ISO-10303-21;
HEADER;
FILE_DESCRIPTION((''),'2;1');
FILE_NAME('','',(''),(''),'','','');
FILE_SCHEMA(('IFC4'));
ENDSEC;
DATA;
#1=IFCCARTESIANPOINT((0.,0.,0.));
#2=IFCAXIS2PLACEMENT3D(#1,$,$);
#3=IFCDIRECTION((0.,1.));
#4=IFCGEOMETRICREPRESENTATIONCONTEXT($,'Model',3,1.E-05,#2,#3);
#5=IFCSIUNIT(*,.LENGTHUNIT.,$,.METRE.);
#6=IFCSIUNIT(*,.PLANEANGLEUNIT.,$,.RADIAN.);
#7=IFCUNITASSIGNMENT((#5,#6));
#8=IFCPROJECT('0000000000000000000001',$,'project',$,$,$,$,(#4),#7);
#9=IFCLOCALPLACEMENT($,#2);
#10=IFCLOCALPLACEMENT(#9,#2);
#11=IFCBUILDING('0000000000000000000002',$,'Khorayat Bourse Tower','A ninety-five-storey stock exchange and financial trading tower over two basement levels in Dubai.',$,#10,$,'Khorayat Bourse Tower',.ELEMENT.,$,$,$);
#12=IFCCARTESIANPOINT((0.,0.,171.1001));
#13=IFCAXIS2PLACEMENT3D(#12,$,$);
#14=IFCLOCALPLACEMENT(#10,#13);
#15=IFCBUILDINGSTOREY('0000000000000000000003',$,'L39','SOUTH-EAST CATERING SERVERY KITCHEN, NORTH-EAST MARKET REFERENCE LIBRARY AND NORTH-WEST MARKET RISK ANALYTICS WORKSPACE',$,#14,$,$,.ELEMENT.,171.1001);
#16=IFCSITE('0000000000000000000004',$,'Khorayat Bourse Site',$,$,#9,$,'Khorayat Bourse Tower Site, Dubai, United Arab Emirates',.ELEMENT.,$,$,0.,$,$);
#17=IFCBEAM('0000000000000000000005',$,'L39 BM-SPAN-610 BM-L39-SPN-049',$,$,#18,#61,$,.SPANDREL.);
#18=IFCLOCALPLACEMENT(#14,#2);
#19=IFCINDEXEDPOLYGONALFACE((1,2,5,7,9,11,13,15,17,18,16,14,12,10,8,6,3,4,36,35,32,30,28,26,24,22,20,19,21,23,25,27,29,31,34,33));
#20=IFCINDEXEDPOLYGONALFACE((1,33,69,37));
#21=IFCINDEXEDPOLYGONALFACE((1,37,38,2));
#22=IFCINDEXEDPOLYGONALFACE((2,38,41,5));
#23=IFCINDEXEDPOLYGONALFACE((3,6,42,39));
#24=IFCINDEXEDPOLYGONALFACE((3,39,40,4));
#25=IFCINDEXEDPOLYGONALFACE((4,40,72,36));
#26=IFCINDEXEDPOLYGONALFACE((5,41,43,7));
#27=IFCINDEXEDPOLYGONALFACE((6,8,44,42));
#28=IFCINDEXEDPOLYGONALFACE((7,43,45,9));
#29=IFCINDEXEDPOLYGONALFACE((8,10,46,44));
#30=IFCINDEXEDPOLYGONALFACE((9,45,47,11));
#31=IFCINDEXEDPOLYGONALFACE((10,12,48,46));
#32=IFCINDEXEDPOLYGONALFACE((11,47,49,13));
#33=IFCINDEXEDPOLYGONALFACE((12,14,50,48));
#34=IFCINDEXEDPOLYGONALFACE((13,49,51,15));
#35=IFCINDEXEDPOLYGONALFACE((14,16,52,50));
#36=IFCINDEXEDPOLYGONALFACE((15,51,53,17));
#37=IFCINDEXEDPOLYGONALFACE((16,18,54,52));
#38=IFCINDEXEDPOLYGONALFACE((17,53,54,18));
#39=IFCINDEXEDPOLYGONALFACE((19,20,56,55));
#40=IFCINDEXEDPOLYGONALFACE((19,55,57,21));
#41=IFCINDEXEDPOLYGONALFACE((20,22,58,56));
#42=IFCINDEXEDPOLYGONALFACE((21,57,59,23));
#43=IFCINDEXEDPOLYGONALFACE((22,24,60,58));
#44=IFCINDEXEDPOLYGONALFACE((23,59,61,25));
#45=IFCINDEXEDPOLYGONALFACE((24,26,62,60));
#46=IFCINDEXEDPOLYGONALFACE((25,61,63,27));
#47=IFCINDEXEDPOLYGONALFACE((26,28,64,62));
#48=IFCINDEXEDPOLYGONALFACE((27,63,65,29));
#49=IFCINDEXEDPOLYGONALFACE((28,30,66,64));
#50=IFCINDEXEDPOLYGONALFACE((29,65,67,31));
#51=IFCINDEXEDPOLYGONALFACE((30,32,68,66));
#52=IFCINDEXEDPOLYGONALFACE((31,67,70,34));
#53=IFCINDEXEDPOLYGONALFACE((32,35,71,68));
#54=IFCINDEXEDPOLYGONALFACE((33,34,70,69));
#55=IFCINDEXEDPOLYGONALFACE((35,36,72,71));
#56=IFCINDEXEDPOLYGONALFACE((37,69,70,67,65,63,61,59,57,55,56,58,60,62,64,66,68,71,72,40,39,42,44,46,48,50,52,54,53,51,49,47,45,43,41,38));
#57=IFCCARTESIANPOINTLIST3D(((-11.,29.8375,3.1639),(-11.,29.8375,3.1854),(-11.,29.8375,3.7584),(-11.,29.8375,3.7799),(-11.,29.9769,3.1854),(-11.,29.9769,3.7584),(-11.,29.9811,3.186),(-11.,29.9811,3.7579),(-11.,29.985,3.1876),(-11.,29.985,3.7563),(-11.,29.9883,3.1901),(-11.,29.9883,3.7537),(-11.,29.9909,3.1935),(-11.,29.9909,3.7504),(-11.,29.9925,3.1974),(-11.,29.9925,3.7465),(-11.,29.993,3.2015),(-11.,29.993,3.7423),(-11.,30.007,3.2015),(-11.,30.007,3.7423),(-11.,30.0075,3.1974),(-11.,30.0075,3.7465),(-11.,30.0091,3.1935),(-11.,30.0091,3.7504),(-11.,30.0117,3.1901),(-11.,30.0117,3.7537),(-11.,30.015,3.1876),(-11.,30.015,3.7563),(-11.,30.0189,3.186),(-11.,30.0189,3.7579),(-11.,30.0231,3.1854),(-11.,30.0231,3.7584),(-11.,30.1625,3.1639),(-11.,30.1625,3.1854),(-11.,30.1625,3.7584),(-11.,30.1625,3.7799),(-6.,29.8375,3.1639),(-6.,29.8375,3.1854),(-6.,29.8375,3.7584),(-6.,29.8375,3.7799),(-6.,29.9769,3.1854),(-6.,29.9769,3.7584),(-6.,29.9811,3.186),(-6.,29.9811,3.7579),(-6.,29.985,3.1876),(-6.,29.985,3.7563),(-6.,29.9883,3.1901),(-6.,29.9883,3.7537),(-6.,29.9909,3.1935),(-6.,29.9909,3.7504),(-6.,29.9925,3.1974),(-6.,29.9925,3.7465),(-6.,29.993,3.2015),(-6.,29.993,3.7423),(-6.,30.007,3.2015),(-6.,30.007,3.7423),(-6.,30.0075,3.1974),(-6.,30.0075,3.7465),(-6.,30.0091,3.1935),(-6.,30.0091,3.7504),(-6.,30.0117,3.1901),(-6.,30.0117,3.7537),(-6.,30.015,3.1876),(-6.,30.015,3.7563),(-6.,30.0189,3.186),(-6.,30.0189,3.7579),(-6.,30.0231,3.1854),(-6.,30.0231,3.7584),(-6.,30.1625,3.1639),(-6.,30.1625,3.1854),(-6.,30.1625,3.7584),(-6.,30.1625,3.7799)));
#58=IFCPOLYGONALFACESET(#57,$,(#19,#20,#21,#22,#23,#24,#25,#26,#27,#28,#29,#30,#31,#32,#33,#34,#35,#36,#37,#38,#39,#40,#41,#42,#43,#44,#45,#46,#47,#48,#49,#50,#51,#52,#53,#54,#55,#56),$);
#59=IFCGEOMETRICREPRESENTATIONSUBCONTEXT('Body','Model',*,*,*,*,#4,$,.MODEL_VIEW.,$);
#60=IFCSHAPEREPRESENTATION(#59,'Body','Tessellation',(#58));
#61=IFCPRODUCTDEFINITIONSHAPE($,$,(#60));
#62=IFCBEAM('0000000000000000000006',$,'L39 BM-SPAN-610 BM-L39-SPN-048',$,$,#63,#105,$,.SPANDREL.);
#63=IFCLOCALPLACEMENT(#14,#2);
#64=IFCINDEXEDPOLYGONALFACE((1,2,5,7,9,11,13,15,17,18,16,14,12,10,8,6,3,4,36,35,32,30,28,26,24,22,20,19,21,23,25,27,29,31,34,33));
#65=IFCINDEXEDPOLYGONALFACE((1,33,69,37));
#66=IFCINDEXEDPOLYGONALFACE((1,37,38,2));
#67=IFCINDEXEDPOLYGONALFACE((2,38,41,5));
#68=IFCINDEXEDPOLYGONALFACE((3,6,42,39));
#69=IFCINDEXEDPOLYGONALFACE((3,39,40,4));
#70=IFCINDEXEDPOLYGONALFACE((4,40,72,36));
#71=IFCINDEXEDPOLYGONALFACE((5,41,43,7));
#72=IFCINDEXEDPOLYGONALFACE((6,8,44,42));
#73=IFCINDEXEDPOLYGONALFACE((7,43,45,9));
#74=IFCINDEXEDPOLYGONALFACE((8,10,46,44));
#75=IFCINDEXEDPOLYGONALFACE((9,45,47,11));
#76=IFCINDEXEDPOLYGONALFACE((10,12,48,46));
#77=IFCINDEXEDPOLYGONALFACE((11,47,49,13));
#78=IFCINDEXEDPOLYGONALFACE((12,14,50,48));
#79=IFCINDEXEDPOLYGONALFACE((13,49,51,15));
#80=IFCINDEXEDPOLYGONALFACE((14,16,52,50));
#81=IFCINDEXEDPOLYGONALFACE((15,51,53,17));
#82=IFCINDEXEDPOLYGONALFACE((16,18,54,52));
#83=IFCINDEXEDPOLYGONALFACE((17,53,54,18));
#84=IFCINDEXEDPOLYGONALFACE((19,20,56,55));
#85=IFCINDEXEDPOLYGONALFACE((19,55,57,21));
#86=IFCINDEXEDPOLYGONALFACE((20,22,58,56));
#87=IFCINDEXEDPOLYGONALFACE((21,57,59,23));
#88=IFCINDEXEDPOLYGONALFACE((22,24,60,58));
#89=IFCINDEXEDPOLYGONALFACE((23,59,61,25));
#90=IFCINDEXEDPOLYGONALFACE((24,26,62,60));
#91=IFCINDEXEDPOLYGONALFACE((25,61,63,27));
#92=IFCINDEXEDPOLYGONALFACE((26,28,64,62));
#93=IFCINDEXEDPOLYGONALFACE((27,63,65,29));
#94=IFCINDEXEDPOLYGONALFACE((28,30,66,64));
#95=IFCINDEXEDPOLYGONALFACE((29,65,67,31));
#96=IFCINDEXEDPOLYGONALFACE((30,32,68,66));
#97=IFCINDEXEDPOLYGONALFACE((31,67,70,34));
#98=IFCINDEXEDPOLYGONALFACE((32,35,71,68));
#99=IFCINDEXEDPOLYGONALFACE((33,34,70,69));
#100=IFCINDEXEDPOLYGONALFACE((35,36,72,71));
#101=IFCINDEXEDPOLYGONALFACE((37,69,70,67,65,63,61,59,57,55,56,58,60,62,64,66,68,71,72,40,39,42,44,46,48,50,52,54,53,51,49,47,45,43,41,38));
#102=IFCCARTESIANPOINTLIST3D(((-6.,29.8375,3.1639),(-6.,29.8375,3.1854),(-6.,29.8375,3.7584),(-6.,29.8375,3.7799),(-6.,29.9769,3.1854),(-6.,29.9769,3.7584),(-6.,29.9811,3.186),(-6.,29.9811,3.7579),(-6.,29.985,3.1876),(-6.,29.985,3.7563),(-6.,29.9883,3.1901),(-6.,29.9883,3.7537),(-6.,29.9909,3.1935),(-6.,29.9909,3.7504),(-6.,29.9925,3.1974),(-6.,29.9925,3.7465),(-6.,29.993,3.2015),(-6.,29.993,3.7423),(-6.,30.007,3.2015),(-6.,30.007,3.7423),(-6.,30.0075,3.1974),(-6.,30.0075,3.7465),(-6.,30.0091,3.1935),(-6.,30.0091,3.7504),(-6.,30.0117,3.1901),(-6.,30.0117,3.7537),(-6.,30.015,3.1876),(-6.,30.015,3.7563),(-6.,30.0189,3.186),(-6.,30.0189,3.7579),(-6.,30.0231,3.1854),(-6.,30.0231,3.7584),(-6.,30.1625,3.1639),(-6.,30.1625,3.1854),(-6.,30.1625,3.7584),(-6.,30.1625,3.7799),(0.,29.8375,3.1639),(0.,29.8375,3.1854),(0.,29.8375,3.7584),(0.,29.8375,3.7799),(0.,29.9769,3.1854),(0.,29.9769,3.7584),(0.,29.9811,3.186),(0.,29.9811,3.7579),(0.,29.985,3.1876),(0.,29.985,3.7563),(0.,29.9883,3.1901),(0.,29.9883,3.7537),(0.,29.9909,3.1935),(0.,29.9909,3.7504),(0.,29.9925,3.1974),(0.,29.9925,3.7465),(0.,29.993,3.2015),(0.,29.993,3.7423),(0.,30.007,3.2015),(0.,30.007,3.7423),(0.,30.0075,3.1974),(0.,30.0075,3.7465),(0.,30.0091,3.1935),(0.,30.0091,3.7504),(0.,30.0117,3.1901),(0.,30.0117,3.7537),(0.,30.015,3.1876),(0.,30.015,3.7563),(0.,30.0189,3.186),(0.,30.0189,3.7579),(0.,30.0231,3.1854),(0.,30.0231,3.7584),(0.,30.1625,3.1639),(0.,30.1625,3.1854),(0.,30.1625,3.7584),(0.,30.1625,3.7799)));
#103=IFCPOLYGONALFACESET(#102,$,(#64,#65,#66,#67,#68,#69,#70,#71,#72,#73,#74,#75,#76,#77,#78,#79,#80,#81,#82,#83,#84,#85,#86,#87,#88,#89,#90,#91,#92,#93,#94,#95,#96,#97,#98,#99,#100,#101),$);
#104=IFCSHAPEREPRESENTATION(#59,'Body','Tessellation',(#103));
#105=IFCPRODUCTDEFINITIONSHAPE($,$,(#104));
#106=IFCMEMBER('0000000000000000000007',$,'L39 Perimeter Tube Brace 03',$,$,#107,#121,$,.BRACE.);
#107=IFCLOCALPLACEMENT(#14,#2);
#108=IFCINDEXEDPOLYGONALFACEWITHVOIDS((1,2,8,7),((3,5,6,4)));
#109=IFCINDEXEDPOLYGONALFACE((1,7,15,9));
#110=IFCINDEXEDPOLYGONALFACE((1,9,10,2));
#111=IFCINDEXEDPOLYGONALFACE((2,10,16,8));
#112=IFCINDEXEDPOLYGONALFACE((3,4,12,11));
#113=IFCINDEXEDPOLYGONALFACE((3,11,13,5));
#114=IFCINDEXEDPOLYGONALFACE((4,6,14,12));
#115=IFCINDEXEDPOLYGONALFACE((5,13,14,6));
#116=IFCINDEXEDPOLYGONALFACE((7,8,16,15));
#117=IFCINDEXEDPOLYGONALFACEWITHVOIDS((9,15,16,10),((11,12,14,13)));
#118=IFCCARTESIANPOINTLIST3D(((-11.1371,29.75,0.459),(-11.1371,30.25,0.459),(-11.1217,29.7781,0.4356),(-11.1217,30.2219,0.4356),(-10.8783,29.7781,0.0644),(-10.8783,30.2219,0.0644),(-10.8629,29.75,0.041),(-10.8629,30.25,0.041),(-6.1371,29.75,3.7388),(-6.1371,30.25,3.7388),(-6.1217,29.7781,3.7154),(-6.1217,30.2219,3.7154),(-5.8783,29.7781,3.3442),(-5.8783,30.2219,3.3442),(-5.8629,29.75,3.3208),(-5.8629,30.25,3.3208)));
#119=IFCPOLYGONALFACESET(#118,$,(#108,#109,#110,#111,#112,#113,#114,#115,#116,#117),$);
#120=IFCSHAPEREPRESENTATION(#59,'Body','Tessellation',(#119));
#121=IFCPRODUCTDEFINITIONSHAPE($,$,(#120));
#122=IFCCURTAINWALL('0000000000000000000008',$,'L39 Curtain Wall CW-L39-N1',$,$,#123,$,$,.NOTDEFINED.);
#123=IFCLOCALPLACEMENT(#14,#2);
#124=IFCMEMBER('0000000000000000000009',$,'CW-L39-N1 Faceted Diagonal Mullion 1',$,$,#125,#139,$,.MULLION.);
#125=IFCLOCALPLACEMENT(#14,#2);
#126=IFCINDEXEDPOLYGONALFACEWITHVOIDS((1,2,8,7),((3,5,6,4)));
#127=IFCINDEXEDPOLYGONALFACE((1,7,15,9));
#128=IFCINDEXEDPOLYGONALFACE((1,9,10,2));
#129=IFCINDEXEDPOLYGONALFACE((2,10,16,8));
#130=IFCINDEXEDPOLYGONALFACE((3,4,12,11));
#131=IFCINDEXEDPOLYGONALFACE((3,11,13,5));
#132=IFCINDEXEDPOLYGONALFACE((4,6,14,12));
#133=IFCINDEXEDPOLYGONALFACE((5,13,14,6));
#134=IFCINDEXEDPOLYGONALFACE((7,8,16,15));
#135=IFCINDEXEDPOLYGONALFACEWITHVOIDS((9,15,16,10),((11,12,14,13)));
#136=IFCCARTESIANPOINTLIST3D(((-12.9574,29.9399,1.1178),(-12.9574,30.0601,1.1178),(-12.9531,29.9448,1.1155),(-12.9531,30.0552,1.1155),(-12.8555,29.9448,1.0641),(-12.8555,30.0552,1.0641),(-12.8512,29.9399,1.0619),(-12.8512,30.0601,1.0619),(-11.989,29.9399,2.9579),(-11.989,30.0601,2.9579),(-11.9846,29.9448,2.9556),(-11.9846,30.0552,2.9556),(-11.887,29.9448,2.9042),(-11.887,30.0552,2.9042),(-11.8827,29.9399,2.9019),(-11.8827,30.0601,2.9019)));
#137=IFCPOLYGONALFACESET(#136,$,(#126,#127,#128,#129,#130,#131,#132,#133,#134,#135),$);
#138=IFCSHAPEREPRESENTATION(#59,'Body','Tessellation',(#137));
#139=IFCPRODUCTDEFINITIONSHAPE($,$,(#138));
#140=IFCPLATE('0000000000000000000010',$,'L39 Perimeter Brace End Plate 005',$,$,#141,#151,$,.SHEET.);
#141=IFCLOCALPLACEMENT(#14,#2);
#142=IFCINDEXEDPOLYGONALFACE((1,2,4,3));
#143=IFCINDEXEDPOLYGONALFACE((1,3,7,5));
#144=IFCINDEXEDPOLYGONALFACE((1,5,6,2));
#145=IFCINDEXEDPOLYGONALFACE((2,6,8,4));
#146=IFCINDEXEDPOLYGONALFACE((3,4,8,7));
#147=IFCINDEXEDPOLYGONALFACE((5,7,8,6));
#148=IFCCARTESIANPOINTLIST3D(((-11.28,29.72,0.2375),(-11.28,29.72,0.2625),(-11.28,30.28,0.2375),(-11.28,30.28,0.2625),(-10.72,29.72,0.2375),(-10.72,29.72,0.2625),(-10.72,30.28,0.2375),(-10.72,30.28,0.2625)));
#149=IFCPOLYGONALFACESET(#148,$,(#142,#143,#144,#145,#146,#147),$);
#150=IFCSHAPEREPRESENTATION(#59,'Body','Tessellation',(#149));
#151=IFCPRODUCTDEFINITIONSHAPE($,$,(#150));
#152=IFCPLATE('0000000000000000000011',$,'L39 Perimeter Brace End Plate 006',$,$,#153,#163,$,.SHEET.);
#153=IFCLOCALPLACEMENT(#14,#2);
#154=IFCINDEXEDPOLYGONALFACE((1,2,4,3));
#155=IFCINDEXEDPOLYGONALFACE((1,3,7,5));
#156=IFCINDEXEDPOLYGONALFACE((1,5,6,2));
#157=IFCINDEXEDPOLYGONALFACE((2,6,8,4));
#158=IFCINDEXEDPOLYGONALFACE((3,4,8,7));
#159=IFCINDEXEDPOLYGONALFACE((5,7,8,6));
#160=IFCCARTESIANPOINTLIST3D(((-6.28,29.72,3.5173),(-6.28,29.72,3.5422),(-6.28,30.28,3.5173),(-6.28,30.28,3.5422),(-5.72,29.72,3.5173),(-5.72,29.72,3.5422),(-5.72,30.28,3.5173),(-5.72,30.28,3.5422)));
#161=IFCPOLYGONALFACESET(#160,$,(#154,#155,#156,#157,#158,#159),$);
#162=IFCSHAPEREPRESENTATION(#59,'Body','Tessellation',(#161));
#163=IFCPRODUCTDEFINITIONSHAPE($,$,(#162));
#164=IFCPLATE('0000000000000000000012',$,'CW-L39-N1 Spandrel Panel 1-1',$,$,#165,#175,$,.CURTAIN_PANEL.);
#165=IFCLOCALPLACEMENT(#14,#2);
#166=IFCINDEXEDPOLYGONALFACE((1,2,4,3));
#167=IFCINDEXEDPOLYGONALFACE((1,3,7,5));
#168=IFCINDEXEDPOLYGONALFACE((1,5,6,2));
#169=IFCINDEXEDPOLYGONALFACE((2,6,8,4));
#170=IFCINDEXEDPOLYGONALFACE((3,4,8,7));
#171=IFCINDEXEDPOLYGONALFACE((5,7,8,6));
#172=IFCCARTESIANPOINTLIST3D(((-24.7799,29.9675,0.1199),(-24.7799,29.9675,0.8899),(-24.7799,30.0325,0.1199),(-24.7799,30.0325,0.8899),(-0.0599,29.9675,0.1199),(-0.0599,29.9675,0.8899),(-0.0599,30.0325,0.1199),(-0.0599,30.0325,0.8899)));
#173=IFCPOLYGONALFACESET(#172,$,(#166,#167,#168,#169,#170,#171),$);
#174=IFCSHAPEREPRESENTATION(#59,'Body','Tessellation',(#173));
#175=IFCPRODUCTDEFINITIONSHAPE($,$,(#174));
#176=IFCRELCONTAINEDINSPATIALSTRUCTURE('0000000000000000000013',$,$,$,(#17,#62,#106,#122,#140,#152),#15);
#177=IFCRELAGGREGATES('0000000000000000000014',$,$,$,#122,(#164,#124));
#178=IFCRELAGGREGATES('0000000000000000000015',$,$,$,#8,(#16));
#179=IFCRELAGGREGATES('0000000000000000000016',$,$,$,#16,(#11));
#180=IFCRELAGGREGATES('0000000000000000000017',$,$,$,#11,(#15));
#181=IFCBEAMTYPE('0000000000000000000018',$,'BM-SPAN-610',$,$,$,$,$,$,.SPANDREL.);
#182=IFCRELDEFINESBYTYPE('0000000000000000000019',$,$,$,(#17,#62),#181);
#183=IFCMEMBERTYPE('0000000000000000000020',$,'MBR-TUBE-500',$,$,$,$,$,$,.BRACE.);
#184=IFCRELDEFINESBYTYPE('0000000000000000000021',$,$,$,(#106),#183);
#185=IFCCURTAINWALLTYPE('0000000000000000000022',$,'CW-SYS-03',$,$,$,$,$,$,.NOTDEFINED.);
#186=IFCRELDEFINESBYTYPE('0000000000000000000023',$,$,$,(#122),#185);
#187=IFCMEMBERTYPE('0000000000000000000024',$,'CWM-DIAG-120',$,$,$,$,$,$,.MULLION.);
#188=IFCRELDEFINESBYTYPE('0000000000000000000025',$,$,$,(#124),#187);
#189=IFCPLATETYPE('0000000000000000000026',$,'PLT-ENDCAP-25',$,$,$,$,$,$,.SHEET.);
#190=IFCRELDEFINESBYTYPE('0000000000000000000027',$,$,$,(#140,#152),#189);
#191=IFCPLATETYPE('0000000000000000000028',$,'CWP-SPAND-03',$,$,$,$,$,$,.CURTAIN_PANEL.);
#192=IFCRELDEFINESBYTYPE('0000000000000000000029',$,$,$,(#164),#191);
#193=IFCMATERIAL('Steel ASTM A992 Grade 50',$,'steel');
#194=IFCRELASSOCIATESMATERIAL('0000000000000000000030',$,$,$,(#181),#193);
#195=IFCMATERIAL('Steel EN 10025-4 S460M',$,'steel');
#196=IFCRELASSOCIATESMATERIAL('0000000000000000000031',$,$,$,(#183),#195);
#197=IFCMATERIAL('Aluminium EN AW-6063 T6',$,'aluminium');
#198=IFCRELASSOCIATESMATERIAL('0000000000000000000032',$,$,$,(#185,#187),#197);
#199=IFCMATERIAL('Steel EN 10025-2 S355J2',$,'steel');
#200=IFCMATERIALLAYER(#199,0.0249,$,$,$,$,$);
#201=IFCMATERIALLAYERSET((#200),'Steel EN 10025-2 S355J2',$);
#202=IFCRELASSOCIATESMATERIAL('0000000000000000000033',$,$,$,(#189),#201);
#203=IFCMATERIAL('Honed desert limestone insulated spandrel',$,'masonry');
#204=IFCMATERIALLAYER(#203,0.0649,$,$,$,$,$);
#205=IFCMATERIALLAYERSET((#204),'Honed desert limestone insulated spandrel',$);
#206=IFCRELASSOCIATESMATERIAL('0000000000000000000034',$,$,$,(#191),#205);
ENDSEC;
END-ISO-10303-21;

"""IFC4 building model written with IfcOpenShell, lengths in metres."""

from ifc_helpers import new_model, si_unit, direction, frame, origin, origin_2d, place, context, subcontext, project, spatial, rectangle, hollow_rectangle, i_section, extrude, source, transform, mapped, material, layer, layer_set, material_profile, profile_set, type_object, element, aggregate, save


model = new_model("IFC4")

# Units and contexts
model_context = context("Model", 3, precision=1e-05, world=origin(), true_north=direction((0.0, 1.0)))
body_context = subcontext(model_context, "Body", "Model", "MODEL_VIEW")
ifc_project = project(units=[si_unit("LENGTHUNIT", "METRE"), si_unit("PLANEANGLEUNIT", "RADIAN")], contexts=[model_context])

# Site, building, storey
site_placement = place(None, origin())
site = spatial("IfcSite", under=ifc_project, at=site_placement, Name="Khorayat Bourse Site", LongName="Khorayat Bourse Tower Site, Dubai, United Arab Emirates", CompositionType="ELEMENT", RefElevation=0.0)
building_placement = place(site_placement, origin())
building = spatial("IfcBuilding", under=site, at=building_placement, Name="Khorayat Bourse Tower", Description="A ninety-five-storey stock exchange and financial trading tower over two basement levels in Dubai.", LongName="Khorayat Bourse Tower", CompositionType="ELEMENT")
storey_placement = place(building_placement, frame((0.0, 0.0, 171.1001)))
storey = spatial("IfcBuildingStorey", under=building, at=storey_placement, Name="L39", Description="SOUTH-EAST CATERING SERVERY KITCHEN, NORTH-EAST MARKET REFERENCE LIBRARY AND NORTH-WEST MARKET RISK ANALYTICS WORKSPACE", CompositionType="ELEMENT", Elevation=171.1001)

# Shared definitions
ifc_material_1 = material(Name="Steel EN 10025-4 S460M", Category="steel")

# Beams
ifc_material_2 = material(Name="Steel ASTM A992 Grade 50", Category="steel")
ifc_material_profile_1 = material_profile(ifc_material_2, i_section(OverallWidth=0.325, OverallDepth=0.616, WebThickness=0.0139, FlangeThickness=0.0215, FilletRadius=0.0161, at=origin_2d()), Name="W610X174")
ifc_profile_set_1 = profile_set([ifc_material_profile_1], Name="Steel ASTM A992 Grade 50")
beam_type_1 = type_object("IfcBeamType", Name="BM-SPAN-610", PredefinedType="SPANDREL", material=ifc_profile_set_1)
shared_shape_1 = source(origin(), body_context, "Body", "SweptSolid", [
    extrude(i_section(OverallWidth=0.325, OverallDepth=0.616, WebThickness=0.0139, FlangeThickness=0.0215, FilletRadius=0.0161, at=origin_2d()), origin(), (0.0, 0.0, 1.0), 5.0),
])
beam_1_placement = place(storey_placement, frame((-11.0, 30.0, 3.4719), z_axis=(1.0, 0.0, 0.0), x_axis=(0.0, 1.0, 0.0)))
element("IfcBeam", 1, at=beam_1_placement, inside=storey, type_object=beam_type_1, Name="L39 BM-SPAN-610 BM-L39-SPN-049", PredefinedType="SPANDREL", context=body_context, shape_type="MappedRepresentation", body=[
    mapped(shared_shape_1, transform((0.0, 0.0, 0.0), scale=1.0)),
])
shared_shape_2 = source(origin(), body_context, "Body", "SweptSolid", [
    extrude(i_section(OverallWidth=0.325, OverallDepth=0.616, WebThickness=0.0139, FlangeThickness=0.0215, FilletRadius=0.0161, at=origin_2d()), origin(), (0.0, 0.0, 1.0), 6.0),
])
beam_2_placement = place(storey_placement, frame((-6.0, 30.0, 3.4719), z_axis=(1.0, 0.0, 0.0), x_axis=(0.0, 1.0, 0.0)))
element("IfcBeam", 2, at=beam_2_placement, inside=storey, type_object=beam_type_1, Name="L39 BM-SPAN-610 BM-L39-SPN-048", PredefinedType="SPANDREL", context=body_context, shape_type="MappedRepresentation", body=[
    mapped(shared_shape_2, transform((0.0, 0.0, 0.0), scale=1.0)),
])

# Member
ifc_material_profile_2 = material_profile(ifc_material_1, hollow_rectangle(XDim=0.5, YDim=0.5, WallThickness=0.0281, at=origin_2d()), Name="HSS 500x500x28")
ifc_profile_set_2 = profile_set([ifc_material_profile_2], Name="Steel EN 10025-4 S460M")
member_type_1 = type_object("IfcMemberType", Name="MBR-TUBE-500", PredefinedType="BRACE", material=ifc_profile_set_2)
shared_shape_3 = source(origin(), body_context, "Body", "SweptSolid", [
    extrude(hollow_rectangle(XDim=0.5, YDim=0.5, WallThickness=0.0281, at=origin_2d()), origin(), (0.0, 0.0, 1.0), 5.9797),
])
member_1_placement = place(storey_placement, frame((-11.0, 30.0, 0.25), z_axis=(0.83616, 0.0, 0.548485), x_axis=(0.0, 1.0, 0.0)))
element("IfcMember", 3, at=member_1_placement, inside=storey, type_object=member_type_1, Name="L39 Perimeter Tube Brace 03", PredefinedType="BRACE", context=body_context, shape_type="MappedRepresentation", body=[
    mapped(shared_shape_3, transform((0.0, 0.0, 0.0), scale=1.0)),
])

# Curtain wall, member
ifc_material_3 = material(Name="Aluminium EN AW-6063 T6", Category="aluminium")
curtain_wall_type = type_object("IfcCurtainWallType", Name="CW-SYS-03", PredefinedType="NOTDEFINED", material=ifc_material_3)
curtain_wall_placement = place(storey_placement, origin())
curtain_wall = element("IfcCurtainWall", 4, at=curtain_wall_placement, inside=storey, type_object=curtain_wall_type, Name="L39 Curtain Wall CW-L39-N1", PredefinedType="NOTDEFINED")
ifc_material_profile_3 = material_profile(ifc_material_3, hollow_rectangle(XDim=0.1201, YDim=0.1201, WallThickness=0.0049, at=origin_2d()), Name="ALU 120x120x5")
ifc_profile_set_3 = profile_set([ifc_material_profile_3], Name="Aluminium EN AW-6063 T6")
member_type_2 = type_object("IfcMemberType", Name="CWM-DIAG-120", PredefinedType="MULLION", material=ifc_profile_set_3)
shared_shape_4 = source(origin(), body_context, "Body", "SweptSolid", [
    extrude(hollow_rectangle(XDim=0.1201, YDim=0.1201, WallThickness=0.0049, at=origin_2d()), origin(), (0.0, 0.0, 1.0), 2.0793),
])
member_2_placement = place(storey_placement, frame((-12.9043, 30.0, 1.0898), z_axis=(0.465761, 0.0, 0.884911), x_axis=(0.0, 1.0, 0.0)))
member_2 = element("IfcMember", 5, at=member_2_placement, type_object=member_type_2, Name="CW-L39-N1 Faceted Diagonal Mullion 1", PredefinedType="MULLION", context=body_context, shape_type="MappedRepresentation", body=[
    mapped(shared_shape_4, transform((0.0, 0.0, 0.0), scale=1.0)),
])

# Plates
ifc_material_4 = material(Name="Steel EN 10025-2 S355J2", Category="steel")
ifc_layer_1 = layer(ifc_material_4, 0.0249)
ifc_layer_set_1 = layer_set([ifc_layer_1], Name="Steel EN 10025-2 S355J2")
plate_type_1 = type_object("IfcPlateType", Name="PLT-ENDCAP-25", PredefinedType="SHEET", material=ifc_layer_set_1)
shared_shape_5 = source(origin(), body_context, "Body", "SweptSolid", [
    extrude(rectangle(XDim=0.5601, YDim=0.5601, at=origin_2d()), origin(), (0.0, 0.0, 1.0), 0.0249),
])
for number, where, z_axis, x_axis, name in (
    (6, (-11.0, 30.0, 0.2375), (0.0, 0.0, 1.0), (1.0, 0.0, 0.0), "L39 Perimeter Brace End Plate 005"),
    (7, (-6.0, 30.0, 3.5173), (0.0, 0.0, 1.0), (1.0, 0.0, 0.0), "L39 Perimeter Brace End Plate 006"),
):
    element("IfcPlate", number, at=place(storey_placement, frame(where, z_axis=z_axis, x_axis=x_axis)), inside=storey, type_object=plate_type_1, Name=name, PredefinedType="SHEET", context=body_context, shape_type="MappedRepresentation", body=[
        mapped(shared_shape_5, transform((0.0, 0.0, 0.0), scale=1.0)),
    ])

# Plate
ifc_material_5 = material(Name="Honed desert limestone insulated spandrel", Category="masonry")
ifc_layer_2 = layer(ifc_material_5, 0.0649)
ifc_layer_set_2 = layer_set([ifc_layer_2], Name="Honed desert limestone insulated spandrel")
plate_type_2 = type_object("IfcPlateType", Name="CWP-SPAND-03", PredefinedType="CURTAIN_PANEL", material=ifc_layer_set_2)
shared_shape_6 = source(origin(), body_context, "Body", "SweptSolid", [
    extrude(rectangle(XDim=24.72, YDim=0.0649, at=origin_2d()), origin(), (0.0, 0.0, 1.0), 0.77),
])
plate_1_placement = place(storey_placement, frame((-12.4199, 30.0, 0.1199), z_axis=(0.0, 0.0, 1.0), x_axis=(1.0, 0.0, 0.0)))
plate_1 = element("IfcPlate", 8, at=plate_1_placement, type_object=plate_type_2, Name="CW-L39-N1 Spandrel Panel 1-1", PredefinedType="CURTAIN_PANEL", context=body_context, shape_type="MappedRepresentation", body=[
    mapped(shared_shape_6, transform((0.0, 0.0, 0.0), scale=1.0)),
])
aggregate(curtain_wall, [plate_1, member_2])

save(model, "model.ifc")
